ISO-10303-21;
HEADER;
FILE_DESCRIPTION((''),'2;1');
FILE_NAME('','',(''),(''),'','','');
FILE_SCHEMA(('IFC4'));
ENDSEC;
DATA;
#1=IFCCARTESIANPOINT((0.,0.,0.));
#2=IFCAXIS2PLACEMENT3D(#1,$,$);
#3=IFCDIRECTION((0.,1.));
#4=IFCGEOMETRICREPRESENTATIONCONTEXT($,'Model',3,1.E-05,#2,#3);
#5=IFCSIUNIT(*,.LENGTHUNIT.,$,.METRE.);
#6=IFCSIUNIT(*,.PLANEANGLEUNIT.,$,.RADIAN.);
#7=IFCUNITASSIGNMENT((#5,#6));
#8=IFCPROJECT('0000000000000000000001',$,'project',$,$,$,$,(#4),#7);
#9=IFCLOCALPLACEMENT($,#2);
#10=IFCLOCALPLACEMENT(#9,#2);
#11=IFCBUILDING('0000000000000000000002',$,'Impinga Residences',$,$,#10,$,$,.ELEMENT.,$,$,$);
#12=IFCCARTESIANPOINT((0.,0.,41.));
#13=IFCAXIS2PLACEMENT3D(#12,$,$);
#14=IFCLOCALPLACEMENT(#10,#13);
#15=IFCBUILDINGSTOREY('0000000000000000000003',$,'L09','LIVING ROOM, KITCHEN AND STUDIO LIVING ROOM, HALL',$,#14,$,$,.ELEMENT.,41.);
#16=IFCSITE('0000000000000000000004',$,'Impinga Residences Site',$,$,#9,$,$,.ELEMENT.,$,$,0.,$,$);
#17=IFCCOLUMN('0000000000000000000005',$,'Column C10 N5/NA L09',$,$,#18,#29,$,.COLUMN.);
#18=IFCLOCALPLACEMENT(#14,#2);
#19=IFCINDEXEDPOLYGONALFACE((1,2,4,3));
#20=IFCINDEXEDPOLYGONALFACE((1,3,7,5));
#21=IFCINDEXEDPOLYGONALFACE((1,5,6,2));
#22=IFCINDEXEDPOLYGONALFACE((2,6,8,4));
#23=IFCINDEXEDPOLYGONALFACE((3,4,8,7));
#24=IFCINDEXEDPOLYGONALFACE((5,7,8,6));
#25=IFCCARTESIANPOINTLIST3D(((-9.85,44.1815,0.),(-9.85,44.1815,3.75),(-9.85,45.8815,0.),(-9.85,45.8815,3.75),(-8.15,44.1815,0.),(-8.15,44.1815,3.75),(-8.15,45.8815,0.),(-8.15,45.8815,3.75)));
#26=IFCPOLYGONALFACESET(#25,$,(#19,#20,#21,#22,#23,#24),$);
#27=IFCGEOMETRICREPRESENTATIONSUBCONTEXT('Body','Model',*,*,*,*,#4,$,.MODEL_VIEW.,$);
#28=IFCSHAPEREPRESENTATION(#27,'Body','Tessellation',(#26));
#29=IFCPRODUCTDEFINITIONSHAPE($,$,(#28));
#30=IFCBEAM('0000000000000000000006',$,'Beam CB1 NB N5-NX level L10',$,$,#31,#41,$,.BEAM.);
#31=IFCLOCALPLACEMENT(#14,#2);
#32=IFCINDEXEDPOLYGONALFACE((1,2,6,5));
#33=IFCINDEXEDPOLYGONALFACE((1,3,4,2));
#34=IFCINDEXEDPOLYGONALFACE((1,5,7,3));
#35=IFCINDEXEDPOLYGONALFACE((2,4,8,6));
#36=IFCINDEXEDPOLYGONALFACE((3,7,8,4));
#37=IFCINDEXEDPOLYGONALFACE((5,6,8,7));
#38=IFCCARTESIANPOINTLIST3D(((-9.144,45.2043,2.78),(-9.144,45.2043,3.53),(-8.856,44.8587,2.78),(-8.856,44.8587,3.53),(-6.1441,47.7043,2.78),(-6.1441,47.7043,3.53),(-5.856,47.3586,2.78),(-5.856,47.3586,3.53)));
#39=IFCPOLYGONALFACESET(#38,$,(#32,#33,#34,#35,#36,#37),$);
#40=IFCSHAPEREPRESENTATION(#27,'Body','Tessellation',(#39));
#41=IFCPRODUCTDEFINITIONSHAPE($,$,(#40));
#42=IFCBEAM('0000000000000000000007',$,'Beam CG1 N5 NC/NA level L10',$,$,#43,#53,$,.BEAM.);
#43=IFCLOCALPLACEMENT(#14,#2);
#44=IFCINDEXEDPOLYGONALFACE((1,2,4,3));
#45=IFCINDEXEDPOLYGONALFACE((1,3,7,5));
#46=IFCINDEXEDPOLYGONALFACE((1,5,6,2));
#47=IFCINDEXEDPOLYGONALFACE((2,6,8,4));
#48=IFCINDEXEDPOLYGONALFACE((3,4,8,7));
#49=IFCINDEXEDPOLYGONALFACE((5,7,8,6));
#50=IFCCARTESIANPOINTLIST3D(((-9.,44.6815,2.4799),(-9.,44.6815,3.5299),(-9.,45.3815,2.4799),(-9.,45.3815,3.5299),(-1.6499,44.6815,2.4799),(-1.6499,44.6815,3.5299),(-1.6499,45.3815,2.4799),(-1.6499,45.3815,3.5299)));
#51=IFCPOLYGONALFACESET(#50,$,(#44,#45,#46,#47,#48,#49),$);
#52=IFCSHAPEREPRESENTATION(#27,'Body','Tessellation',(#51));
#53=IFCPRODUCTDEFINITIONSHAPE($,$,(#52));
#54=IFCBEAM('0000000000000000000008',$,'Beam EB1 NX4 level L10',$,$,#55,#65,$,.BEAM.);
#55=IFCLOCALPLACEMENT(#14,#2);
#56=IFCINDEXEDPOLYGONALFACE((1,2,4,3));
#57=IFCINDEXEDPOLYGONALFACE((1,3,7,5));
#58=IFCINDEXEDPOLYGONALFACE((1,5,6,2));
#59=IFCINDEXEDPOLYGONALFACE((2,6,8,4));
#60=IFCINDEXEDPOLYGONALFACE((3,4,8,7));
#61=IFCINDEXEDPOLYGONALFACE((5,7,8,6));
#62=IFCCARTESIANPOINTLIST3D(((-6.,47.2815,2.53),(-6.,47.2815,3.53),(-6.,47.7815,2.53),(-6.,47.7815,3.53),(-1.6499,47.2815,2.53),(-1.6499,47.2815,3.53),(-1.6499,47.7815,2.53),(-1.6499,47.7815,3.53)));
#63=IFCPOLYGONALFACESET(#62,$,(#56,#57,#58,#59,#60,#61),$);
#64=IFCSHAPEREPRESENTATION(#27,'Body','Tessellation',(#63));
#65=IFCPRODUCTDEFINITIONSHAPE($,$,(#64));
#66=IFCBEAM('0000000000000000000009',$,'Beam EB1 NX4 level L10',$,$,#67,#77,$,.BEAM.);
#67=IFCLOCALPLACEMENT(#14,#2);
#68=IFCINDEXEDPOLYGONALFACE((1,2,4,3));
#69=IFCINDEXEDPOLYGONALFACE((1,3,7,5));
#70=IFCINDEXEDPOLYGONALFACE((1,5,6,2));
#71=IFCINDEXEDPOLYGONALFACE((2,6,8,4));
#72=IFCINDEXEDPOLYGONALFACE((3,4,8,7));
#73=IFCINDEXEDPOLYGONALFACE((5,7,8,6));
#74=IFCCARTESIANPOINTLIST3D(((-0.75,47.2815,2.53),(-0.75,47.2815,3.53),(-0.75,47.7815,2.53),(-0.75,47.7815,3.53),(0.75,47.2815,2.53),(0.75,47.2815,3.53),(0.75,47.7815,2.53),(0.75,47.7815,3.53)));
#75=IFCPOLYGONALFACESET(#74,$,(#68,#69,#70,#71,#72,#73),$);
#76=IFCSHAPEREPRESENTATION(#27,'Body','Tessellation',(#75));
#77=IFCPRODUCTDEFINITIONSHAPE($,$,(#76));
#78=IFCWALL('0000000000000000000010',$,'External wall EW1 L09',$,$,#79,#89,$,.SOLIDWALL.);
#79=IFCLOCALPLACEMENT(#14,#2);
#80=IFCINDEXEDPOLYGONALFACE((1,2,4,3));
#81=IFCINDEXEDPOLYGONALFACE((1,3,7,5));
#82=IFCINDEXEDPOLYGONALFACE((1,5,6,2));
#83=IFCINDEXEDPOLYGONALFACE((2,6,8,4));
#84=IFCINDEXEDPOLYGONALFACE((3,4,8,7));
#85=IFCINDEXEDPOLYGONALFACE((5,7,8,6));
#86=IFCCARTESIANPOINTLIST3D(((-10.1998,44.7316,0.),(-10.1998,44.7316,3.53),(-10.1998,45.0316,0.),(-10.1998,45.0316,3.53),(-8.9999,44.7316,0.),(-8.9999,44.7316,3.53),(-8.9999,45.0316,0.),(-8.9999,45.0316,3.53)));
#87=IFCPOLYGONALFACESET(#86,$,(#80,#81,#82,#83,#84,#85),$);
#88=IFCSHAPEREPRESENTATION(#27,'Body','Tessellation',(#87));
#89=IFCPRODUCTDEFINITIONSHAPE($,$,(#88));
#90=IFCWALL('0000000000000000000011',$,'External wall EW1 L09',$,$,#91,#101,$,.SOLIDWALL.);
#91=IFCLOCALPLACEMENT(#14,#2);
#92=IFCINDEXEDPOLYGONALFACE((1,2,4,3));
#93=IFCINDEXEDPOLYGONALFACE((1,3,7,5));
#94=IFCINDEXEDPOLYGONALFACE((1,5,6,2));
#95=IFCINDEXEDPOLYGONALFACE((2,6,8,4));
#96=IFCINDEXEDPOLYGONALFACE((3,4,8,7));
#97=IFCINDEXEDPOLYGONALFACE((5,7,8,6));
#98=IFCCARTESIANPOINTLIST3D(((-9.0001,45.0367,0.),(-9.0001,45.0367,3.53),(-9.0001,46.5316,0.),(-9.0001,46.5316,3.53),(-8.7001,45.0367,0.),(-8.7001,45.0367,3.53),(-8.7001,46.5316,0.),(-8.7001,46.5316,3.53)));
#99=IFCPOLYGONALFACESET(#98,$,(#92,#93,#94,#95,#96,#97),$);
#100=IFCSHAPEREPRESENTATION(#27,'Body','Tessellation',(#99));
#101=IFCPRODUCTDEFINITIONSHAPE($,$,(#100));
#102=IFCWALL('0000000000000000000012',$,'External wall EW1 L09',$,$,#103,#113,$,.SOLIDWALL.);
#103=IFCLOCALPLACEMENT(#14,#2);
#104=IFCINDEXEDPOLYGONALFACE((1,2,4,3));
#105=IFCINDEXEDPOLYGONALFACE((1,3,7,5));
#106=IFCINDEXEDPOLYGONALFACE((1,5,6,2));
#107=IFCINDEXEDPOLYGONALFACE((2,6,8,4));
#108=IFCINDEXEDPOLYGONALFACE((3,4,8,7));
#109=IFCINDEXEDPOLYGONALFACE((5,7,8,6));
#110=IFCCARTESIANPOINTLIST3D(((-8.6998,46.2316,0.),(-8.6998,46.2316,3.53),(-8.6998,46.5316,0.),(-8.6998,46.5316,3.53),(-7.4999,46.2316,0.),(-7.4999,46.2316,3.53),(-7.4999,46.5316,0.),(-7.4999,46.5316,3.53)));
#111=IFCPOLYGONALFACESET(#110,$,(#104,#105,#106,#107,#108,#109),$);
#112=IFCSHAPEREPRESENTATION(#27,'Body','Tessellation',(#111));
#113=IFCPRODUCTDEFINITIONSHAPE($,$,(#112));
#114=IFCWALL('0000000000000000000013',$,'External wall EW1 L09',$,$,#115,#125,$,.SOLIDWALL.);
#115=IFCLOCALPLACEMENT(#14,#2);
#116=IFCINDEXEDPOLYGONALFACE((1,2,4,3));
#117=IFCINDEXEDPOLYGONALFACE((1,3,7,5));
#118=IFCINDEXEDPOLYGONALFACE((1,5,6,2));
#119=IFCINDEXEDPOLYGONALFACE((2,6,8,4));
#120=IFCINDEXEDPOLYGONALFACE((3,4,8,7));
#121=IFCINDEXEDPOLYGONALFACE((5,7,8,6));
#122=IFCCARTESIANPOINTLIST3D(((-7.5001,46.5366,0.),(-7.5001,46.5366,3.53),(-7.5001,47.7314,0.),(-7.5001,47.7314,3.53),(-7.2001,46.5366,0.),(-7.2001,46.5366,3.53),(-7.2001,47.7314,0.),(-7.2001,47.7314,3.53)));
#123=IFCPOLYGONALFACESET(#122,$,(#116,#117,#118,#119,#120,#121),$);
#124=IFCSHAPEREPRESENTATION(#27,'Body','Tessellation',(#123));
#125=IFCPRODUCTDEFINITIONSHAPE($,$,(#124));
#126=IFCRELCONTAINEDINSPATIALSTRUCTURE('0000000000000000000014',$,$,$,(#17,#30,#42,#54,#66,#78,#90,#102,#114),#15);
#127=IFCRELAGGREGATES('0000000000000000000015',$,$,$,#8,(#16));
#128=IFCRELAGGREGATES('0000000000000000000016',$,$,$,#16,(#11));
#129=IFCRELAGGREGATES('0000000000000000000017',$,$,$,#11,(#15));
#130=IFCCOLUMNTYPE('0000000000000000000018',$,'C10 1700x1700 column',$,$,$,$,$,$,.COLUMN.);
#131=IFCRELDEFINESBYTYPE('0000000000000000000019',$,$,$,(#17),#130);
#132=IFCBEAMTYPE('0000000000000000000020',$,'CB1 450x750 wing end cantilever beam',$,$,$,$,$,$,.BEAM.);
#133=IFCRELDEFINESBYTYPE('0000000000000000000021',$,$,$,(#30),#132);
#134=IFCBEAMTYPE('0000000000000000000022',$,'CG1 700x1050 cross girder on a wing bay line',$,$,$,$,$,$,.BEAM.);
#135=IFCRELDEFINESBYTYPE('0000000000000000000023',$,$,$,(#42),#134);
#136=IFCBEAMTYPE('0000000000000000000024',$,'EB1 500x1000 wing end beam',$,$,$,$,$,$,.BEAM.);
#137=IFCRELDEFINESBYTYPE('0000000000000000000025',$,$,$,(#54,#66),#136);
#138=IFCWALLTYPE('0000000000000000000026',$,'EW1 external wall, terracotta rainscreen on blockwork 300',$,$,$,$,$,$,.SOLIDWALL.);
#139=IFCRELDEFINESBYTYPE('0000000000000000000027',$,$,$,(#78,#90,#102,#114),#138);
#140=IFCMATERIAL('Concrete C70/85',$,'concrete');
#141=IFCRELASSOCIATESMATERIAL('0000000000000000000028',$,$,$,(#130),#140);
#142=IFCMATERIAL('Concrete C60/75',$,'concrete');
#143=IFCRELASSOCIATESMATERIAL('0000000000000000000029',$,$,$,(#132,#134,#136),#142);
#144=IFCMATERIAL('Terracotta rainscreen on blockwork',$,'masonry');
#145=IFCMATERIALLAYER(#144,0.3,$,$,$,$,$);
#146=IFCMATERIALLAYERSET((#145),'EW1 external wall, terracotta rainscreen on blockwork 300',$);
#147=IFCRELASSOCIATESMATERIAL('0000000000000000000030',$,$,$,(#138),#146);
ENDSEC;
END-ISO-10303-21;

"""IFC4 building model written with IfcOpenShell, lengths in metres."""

from ifc_helpers import new_model, si_unit, direction, frame, frame_2d, origin, origin_2d, place, context, subcontext, project, spatial, rectangle, extrude, material, layer, layer_set, material_profile, profile_set, type_object, element, save


model = new_model("IFC4")

# Units and contexts
model_context = context("Model", 3, precision=1e-05, world=origin(), true_north=direction((0.0, 1.0)))
body_context = subcontext(model_context, "Body", "Model", "MODEL_VIEW")
ifc_project = project(units=[si_unit("LENGTHUNIT", "METRE"), si_unit("PLANEANGLEUNIT", "RADIAN")], contexts=[model_context])

# Site, building, storey
site_placement = place(None, origin())
site = spatial("IfcSite", under=ifc_project, at=site_placement, Name="Impinga Residences Site", CompositionType="ELEMENT", RefElevation=0.0)
building_placement = place(site_placement, origin())
building = spatial("IfcBuilding", under=site, at=building_placement, Name="Impinga Residences", CompositionType="ELEMENT")
storey_placement = place(building_placement, frame((0.0, 0.0, 41.0)))
storey = spatial("IfcBuildingStorey", under=building, at=storey_placement, Name="L09", Description="LIVING ROOM, KITCHEN AND STUDIO LIVING ROOM, HALL", CompositionType="ELEMENT", Elevation=41.0)

# Column
ifc_material_1 = material(Name="Concrete C70/85", Category="concrete")
ifc_material_profile_1 = material_profile(ifc_material_1, rectangle(XDim=1.7, YDim=1.7, at=origin_2d()), Name="RC 1700x1700")
ifc_profile_set_1 = profile_set([ifc_material_profile_1], Name="Concrete C70/85")
column_type = type_object("IfcColumnType", Name="C10 1700x1700 column", PredefinedType="COLUMN", material=ifc_profile_set_1)
column_placement = place(storey_placement, frame((-9.0, 45.0315, 0.0), z_axis=(0.0, 0.0, 1.0), x_axis=(1.0, 0.0, 0.0)))
element("IfcColumn", 1, at=column_placement, inside=storey, type_object=column_type, Name="Column C10 N5/NA L09", PredefinedType="COLUMN", context=body_context, shape_type="SweptSolid", body=[
    extrude(rectangle(XDim=1.7, YDim=1.7, at=origin_2d()), origin(), (0.0, 0.0, 1.0), 3.75),
])

# Beams
ifc_material_2 = material(Name="Concrete C60/75", Category="concrete")
ifc_material_profile_2 = material_profile(ifc_material_2, rectangle(XDim=0.45, YDim=0.75, at=origin_2d()), Name="RC 450x750")
ifc_profile_set_2 = profile_set([ifc_material_profile_2], Name="Concrete C60/75")
beam_type_1 = type_object("IfcBeamType", Name="CB1 450x750 wing end cantilever beam", PredefinedType="BEAM", material=ifc_profile_set_2)
beam_1_placement = place(storey_placement, frame((-9.0, 45.0315, 3.155), z_axis=(0.768221, 0.640184, 0.0), x_axis=(-0.640184, 0.768221, 0.0)))
element("IfcBeam", 2, at=beam_1_placement, inside=storey, type_object=beam_type_1, Name="Beam CB1 NB N5-NX level L10", PredefinedType="BEAM", context=body_context, shape_type="SweptSolid", body=[
    extrude(rectangle(XDim=0.45, YDim=0.75, at=origin_2d()), origin(), (0.0, 0.0, 1.0), 3.905),
])
ifc_material_profile_3 = material_profile(ifc_material_2, rectangle(XDim=0.7, YDim=1.05, at=origin_2d()), Name="RC 700x1050")
ifc_profile_set_3 = profile_set([ifc_material_profile_3], Name="Concrete C60/75")
beam_type_2 = type_object("IfcBeamType", Name="CG1 700x1050 cross girder on a wing bay line", PredefinedType="BEAM", material=ifc_profile_set_3)
beam_2_placement = place(storey_placement, frame((-1.6499, 45.0315, 3.0049), z_axis=(-1.0, 0.0, 0.0), x_axis=(0.0, -1.0, 0.0)))
element("IfcBeam", 3, at=beam_2_placement, inside=storey, type_object=beam_type_2, Name="Beam CG1 N5 NC/NA level L10", PredefinedType="BEAM", context=body_context, shape_type="SweptSolid", body=[
    extrude(rectangle(XDim=0.7, YDim=1.05, at=origin_2d()), origin(), (0.0, 0.0, 1.0), 7.3501),
])
ifc_material_profile_4 = material_profile(ifc_material_2, rectangle(XDim=0.5, YDim=1.0, at=origin_2d()), Name="RC 500x1000")
ifc_profile_set_4 = profile_set([ifc_material_profile_4], Name="Concrete C60/75")
beam_type_3 = type_object("IfcBeamType", Name="EB1 500x1000 wing end beam", PredefinedType="BEAM", material=ifc_profile_set_4)
beam_3_placement = place(storey_placement, frame((-6.0, 47.5315, 3.03), z_axis=(1.0, 0.0, 0.0), x_axis=(0.0, 1.0, 0.0)))
element("IfcBeam", 4, at=beam_3_placement, inside=storey, type_object=beam_type_3, Name="Beam EB1 NX4 level L10", PredefinedType="BEAM", context=body_context, shape_type="SweptSolid", body=[
    extrude(rectangle(XDim=0.5, YDim=1.0, at=origin_2d()), origin(), (0.0, 0.0, 1.0), 4.3501),
])
beam_4_placement = place(storey_placement, frame((-0.75, 47.5315, 3.03), z_axis=(1.0, 0.0, 0.0), x_axis=(0.0, 1.0, 0.0)))
element("IfcBeam", 5, at=beam_4_placement, inside=storey, type_object=beam_type_3, Name="Beam EB1 NX4 level L10", PredefinedType="BEAM", context=body_context, shape_type="SweptSolid", body=[
    extrude(rectangle(XDim=0.5, YDim=1.0, at=origin_2d()), origin(), (0.0, 0.0, 1.0), 1.5),
])

# Walls
ifc_material_3 = material(Name="Terracotta rainscreen on blockwork", Category="masonry")
ifc_layer_1 = layer(ifc_material_3, 0.3)
ifc_layer_set_1 = layer_set([ifc_layer_1], Name="EW1 external wall, terracotta rainscreen on blockwork 300")
wall_type_1 = type_object("IfcWallType", Name="EW1 external wall, terracotta rainscreen on blockwork 300", PredefinedType="SOLIDWALL", material=ifc_layer_set_1)
wall_1_placement = place(storey_placement, frame((-10.2, 44.8816, 0.0), z_axis=(0.0, 0.0, 1.0), x_axis=(1.0, 0.0, 0.0)))
element("IfcWall", 6, at=wall_1_placement, inside=storey, type_object=wall_type_1, Name="External wall EW1 L09", PredefinedType="SOLIDWALL", context=body_context, shape_type="SweptSolid", body=[
    extrude(rectangle(XDim=1.2, YDim=0.3, at=frame_2d((0.6001, 0.0))), origin(), (0.0, 0.0, 1.0), 3.53),
])
wall_2_placement = place(storey_placement, frame((-8.8501, 45.0366, 0.0), z_axis=(0.0, 0.0, 1.0), x_axis=(0.0, 1.0, 0.0)))
element("IfcWall", 7, at=wall_2_placement, inside=storey, type_object=wall_type_1, Name="External wall EW1 L09", PredefinedType="SOLIDWALL", context=body_context, shape_type="SweptSolid", body=[
    extrude(rectangle(XDim=1.4949, YDim=0.3, at=frame_2d((0.7476, 0.0))), origin(), (0.0, 0.0, 1.0), 3.53),
])
wall_3_placement = place(storey_placement, frame((-8.7, 46.3816, 0.0), z_axis=(0.0, 0.0, 1.0), x_axis=(1.0, 0.0, 0.0)))
element("IfcWall", 8, at=wall_3_placement, inside=storey, type_object=wall_type_1, Name="External wall EW1 L09", PredefinedType="SOLIDWALL", context=body_context, shape_type="SweptSolid", body=[
    extrude(rectangle(XDim=1.2, YDim=0.3, at=frame_2d((0.6001, 0.0))), origin(), (0.0, 0.0, 1.0), 3.53),
])
wall_4_placement = place(storey_placement, frame((-7.3501, 46.5366, 0.0), z_axis=(0.0, 0.0, 1.0), x_axis=(0.0, 1.0, 0.0)))
element("IfcWall", 9, at=wall_4_placement, inside=storey, type_object=wall_type_1, Name="External wall EW1 L09", PredefinedType="SOLIDWALL", context=body_context, shape_type="SweptSolid", body=[
    extrude(rectangle(XDim=1.1948, YDim=0.3, at=frame_2d((0.5974, 0.0))), origin(), (0.0, 0.0, 1.0), 3.53),
])

save(model, "model.ifc")
